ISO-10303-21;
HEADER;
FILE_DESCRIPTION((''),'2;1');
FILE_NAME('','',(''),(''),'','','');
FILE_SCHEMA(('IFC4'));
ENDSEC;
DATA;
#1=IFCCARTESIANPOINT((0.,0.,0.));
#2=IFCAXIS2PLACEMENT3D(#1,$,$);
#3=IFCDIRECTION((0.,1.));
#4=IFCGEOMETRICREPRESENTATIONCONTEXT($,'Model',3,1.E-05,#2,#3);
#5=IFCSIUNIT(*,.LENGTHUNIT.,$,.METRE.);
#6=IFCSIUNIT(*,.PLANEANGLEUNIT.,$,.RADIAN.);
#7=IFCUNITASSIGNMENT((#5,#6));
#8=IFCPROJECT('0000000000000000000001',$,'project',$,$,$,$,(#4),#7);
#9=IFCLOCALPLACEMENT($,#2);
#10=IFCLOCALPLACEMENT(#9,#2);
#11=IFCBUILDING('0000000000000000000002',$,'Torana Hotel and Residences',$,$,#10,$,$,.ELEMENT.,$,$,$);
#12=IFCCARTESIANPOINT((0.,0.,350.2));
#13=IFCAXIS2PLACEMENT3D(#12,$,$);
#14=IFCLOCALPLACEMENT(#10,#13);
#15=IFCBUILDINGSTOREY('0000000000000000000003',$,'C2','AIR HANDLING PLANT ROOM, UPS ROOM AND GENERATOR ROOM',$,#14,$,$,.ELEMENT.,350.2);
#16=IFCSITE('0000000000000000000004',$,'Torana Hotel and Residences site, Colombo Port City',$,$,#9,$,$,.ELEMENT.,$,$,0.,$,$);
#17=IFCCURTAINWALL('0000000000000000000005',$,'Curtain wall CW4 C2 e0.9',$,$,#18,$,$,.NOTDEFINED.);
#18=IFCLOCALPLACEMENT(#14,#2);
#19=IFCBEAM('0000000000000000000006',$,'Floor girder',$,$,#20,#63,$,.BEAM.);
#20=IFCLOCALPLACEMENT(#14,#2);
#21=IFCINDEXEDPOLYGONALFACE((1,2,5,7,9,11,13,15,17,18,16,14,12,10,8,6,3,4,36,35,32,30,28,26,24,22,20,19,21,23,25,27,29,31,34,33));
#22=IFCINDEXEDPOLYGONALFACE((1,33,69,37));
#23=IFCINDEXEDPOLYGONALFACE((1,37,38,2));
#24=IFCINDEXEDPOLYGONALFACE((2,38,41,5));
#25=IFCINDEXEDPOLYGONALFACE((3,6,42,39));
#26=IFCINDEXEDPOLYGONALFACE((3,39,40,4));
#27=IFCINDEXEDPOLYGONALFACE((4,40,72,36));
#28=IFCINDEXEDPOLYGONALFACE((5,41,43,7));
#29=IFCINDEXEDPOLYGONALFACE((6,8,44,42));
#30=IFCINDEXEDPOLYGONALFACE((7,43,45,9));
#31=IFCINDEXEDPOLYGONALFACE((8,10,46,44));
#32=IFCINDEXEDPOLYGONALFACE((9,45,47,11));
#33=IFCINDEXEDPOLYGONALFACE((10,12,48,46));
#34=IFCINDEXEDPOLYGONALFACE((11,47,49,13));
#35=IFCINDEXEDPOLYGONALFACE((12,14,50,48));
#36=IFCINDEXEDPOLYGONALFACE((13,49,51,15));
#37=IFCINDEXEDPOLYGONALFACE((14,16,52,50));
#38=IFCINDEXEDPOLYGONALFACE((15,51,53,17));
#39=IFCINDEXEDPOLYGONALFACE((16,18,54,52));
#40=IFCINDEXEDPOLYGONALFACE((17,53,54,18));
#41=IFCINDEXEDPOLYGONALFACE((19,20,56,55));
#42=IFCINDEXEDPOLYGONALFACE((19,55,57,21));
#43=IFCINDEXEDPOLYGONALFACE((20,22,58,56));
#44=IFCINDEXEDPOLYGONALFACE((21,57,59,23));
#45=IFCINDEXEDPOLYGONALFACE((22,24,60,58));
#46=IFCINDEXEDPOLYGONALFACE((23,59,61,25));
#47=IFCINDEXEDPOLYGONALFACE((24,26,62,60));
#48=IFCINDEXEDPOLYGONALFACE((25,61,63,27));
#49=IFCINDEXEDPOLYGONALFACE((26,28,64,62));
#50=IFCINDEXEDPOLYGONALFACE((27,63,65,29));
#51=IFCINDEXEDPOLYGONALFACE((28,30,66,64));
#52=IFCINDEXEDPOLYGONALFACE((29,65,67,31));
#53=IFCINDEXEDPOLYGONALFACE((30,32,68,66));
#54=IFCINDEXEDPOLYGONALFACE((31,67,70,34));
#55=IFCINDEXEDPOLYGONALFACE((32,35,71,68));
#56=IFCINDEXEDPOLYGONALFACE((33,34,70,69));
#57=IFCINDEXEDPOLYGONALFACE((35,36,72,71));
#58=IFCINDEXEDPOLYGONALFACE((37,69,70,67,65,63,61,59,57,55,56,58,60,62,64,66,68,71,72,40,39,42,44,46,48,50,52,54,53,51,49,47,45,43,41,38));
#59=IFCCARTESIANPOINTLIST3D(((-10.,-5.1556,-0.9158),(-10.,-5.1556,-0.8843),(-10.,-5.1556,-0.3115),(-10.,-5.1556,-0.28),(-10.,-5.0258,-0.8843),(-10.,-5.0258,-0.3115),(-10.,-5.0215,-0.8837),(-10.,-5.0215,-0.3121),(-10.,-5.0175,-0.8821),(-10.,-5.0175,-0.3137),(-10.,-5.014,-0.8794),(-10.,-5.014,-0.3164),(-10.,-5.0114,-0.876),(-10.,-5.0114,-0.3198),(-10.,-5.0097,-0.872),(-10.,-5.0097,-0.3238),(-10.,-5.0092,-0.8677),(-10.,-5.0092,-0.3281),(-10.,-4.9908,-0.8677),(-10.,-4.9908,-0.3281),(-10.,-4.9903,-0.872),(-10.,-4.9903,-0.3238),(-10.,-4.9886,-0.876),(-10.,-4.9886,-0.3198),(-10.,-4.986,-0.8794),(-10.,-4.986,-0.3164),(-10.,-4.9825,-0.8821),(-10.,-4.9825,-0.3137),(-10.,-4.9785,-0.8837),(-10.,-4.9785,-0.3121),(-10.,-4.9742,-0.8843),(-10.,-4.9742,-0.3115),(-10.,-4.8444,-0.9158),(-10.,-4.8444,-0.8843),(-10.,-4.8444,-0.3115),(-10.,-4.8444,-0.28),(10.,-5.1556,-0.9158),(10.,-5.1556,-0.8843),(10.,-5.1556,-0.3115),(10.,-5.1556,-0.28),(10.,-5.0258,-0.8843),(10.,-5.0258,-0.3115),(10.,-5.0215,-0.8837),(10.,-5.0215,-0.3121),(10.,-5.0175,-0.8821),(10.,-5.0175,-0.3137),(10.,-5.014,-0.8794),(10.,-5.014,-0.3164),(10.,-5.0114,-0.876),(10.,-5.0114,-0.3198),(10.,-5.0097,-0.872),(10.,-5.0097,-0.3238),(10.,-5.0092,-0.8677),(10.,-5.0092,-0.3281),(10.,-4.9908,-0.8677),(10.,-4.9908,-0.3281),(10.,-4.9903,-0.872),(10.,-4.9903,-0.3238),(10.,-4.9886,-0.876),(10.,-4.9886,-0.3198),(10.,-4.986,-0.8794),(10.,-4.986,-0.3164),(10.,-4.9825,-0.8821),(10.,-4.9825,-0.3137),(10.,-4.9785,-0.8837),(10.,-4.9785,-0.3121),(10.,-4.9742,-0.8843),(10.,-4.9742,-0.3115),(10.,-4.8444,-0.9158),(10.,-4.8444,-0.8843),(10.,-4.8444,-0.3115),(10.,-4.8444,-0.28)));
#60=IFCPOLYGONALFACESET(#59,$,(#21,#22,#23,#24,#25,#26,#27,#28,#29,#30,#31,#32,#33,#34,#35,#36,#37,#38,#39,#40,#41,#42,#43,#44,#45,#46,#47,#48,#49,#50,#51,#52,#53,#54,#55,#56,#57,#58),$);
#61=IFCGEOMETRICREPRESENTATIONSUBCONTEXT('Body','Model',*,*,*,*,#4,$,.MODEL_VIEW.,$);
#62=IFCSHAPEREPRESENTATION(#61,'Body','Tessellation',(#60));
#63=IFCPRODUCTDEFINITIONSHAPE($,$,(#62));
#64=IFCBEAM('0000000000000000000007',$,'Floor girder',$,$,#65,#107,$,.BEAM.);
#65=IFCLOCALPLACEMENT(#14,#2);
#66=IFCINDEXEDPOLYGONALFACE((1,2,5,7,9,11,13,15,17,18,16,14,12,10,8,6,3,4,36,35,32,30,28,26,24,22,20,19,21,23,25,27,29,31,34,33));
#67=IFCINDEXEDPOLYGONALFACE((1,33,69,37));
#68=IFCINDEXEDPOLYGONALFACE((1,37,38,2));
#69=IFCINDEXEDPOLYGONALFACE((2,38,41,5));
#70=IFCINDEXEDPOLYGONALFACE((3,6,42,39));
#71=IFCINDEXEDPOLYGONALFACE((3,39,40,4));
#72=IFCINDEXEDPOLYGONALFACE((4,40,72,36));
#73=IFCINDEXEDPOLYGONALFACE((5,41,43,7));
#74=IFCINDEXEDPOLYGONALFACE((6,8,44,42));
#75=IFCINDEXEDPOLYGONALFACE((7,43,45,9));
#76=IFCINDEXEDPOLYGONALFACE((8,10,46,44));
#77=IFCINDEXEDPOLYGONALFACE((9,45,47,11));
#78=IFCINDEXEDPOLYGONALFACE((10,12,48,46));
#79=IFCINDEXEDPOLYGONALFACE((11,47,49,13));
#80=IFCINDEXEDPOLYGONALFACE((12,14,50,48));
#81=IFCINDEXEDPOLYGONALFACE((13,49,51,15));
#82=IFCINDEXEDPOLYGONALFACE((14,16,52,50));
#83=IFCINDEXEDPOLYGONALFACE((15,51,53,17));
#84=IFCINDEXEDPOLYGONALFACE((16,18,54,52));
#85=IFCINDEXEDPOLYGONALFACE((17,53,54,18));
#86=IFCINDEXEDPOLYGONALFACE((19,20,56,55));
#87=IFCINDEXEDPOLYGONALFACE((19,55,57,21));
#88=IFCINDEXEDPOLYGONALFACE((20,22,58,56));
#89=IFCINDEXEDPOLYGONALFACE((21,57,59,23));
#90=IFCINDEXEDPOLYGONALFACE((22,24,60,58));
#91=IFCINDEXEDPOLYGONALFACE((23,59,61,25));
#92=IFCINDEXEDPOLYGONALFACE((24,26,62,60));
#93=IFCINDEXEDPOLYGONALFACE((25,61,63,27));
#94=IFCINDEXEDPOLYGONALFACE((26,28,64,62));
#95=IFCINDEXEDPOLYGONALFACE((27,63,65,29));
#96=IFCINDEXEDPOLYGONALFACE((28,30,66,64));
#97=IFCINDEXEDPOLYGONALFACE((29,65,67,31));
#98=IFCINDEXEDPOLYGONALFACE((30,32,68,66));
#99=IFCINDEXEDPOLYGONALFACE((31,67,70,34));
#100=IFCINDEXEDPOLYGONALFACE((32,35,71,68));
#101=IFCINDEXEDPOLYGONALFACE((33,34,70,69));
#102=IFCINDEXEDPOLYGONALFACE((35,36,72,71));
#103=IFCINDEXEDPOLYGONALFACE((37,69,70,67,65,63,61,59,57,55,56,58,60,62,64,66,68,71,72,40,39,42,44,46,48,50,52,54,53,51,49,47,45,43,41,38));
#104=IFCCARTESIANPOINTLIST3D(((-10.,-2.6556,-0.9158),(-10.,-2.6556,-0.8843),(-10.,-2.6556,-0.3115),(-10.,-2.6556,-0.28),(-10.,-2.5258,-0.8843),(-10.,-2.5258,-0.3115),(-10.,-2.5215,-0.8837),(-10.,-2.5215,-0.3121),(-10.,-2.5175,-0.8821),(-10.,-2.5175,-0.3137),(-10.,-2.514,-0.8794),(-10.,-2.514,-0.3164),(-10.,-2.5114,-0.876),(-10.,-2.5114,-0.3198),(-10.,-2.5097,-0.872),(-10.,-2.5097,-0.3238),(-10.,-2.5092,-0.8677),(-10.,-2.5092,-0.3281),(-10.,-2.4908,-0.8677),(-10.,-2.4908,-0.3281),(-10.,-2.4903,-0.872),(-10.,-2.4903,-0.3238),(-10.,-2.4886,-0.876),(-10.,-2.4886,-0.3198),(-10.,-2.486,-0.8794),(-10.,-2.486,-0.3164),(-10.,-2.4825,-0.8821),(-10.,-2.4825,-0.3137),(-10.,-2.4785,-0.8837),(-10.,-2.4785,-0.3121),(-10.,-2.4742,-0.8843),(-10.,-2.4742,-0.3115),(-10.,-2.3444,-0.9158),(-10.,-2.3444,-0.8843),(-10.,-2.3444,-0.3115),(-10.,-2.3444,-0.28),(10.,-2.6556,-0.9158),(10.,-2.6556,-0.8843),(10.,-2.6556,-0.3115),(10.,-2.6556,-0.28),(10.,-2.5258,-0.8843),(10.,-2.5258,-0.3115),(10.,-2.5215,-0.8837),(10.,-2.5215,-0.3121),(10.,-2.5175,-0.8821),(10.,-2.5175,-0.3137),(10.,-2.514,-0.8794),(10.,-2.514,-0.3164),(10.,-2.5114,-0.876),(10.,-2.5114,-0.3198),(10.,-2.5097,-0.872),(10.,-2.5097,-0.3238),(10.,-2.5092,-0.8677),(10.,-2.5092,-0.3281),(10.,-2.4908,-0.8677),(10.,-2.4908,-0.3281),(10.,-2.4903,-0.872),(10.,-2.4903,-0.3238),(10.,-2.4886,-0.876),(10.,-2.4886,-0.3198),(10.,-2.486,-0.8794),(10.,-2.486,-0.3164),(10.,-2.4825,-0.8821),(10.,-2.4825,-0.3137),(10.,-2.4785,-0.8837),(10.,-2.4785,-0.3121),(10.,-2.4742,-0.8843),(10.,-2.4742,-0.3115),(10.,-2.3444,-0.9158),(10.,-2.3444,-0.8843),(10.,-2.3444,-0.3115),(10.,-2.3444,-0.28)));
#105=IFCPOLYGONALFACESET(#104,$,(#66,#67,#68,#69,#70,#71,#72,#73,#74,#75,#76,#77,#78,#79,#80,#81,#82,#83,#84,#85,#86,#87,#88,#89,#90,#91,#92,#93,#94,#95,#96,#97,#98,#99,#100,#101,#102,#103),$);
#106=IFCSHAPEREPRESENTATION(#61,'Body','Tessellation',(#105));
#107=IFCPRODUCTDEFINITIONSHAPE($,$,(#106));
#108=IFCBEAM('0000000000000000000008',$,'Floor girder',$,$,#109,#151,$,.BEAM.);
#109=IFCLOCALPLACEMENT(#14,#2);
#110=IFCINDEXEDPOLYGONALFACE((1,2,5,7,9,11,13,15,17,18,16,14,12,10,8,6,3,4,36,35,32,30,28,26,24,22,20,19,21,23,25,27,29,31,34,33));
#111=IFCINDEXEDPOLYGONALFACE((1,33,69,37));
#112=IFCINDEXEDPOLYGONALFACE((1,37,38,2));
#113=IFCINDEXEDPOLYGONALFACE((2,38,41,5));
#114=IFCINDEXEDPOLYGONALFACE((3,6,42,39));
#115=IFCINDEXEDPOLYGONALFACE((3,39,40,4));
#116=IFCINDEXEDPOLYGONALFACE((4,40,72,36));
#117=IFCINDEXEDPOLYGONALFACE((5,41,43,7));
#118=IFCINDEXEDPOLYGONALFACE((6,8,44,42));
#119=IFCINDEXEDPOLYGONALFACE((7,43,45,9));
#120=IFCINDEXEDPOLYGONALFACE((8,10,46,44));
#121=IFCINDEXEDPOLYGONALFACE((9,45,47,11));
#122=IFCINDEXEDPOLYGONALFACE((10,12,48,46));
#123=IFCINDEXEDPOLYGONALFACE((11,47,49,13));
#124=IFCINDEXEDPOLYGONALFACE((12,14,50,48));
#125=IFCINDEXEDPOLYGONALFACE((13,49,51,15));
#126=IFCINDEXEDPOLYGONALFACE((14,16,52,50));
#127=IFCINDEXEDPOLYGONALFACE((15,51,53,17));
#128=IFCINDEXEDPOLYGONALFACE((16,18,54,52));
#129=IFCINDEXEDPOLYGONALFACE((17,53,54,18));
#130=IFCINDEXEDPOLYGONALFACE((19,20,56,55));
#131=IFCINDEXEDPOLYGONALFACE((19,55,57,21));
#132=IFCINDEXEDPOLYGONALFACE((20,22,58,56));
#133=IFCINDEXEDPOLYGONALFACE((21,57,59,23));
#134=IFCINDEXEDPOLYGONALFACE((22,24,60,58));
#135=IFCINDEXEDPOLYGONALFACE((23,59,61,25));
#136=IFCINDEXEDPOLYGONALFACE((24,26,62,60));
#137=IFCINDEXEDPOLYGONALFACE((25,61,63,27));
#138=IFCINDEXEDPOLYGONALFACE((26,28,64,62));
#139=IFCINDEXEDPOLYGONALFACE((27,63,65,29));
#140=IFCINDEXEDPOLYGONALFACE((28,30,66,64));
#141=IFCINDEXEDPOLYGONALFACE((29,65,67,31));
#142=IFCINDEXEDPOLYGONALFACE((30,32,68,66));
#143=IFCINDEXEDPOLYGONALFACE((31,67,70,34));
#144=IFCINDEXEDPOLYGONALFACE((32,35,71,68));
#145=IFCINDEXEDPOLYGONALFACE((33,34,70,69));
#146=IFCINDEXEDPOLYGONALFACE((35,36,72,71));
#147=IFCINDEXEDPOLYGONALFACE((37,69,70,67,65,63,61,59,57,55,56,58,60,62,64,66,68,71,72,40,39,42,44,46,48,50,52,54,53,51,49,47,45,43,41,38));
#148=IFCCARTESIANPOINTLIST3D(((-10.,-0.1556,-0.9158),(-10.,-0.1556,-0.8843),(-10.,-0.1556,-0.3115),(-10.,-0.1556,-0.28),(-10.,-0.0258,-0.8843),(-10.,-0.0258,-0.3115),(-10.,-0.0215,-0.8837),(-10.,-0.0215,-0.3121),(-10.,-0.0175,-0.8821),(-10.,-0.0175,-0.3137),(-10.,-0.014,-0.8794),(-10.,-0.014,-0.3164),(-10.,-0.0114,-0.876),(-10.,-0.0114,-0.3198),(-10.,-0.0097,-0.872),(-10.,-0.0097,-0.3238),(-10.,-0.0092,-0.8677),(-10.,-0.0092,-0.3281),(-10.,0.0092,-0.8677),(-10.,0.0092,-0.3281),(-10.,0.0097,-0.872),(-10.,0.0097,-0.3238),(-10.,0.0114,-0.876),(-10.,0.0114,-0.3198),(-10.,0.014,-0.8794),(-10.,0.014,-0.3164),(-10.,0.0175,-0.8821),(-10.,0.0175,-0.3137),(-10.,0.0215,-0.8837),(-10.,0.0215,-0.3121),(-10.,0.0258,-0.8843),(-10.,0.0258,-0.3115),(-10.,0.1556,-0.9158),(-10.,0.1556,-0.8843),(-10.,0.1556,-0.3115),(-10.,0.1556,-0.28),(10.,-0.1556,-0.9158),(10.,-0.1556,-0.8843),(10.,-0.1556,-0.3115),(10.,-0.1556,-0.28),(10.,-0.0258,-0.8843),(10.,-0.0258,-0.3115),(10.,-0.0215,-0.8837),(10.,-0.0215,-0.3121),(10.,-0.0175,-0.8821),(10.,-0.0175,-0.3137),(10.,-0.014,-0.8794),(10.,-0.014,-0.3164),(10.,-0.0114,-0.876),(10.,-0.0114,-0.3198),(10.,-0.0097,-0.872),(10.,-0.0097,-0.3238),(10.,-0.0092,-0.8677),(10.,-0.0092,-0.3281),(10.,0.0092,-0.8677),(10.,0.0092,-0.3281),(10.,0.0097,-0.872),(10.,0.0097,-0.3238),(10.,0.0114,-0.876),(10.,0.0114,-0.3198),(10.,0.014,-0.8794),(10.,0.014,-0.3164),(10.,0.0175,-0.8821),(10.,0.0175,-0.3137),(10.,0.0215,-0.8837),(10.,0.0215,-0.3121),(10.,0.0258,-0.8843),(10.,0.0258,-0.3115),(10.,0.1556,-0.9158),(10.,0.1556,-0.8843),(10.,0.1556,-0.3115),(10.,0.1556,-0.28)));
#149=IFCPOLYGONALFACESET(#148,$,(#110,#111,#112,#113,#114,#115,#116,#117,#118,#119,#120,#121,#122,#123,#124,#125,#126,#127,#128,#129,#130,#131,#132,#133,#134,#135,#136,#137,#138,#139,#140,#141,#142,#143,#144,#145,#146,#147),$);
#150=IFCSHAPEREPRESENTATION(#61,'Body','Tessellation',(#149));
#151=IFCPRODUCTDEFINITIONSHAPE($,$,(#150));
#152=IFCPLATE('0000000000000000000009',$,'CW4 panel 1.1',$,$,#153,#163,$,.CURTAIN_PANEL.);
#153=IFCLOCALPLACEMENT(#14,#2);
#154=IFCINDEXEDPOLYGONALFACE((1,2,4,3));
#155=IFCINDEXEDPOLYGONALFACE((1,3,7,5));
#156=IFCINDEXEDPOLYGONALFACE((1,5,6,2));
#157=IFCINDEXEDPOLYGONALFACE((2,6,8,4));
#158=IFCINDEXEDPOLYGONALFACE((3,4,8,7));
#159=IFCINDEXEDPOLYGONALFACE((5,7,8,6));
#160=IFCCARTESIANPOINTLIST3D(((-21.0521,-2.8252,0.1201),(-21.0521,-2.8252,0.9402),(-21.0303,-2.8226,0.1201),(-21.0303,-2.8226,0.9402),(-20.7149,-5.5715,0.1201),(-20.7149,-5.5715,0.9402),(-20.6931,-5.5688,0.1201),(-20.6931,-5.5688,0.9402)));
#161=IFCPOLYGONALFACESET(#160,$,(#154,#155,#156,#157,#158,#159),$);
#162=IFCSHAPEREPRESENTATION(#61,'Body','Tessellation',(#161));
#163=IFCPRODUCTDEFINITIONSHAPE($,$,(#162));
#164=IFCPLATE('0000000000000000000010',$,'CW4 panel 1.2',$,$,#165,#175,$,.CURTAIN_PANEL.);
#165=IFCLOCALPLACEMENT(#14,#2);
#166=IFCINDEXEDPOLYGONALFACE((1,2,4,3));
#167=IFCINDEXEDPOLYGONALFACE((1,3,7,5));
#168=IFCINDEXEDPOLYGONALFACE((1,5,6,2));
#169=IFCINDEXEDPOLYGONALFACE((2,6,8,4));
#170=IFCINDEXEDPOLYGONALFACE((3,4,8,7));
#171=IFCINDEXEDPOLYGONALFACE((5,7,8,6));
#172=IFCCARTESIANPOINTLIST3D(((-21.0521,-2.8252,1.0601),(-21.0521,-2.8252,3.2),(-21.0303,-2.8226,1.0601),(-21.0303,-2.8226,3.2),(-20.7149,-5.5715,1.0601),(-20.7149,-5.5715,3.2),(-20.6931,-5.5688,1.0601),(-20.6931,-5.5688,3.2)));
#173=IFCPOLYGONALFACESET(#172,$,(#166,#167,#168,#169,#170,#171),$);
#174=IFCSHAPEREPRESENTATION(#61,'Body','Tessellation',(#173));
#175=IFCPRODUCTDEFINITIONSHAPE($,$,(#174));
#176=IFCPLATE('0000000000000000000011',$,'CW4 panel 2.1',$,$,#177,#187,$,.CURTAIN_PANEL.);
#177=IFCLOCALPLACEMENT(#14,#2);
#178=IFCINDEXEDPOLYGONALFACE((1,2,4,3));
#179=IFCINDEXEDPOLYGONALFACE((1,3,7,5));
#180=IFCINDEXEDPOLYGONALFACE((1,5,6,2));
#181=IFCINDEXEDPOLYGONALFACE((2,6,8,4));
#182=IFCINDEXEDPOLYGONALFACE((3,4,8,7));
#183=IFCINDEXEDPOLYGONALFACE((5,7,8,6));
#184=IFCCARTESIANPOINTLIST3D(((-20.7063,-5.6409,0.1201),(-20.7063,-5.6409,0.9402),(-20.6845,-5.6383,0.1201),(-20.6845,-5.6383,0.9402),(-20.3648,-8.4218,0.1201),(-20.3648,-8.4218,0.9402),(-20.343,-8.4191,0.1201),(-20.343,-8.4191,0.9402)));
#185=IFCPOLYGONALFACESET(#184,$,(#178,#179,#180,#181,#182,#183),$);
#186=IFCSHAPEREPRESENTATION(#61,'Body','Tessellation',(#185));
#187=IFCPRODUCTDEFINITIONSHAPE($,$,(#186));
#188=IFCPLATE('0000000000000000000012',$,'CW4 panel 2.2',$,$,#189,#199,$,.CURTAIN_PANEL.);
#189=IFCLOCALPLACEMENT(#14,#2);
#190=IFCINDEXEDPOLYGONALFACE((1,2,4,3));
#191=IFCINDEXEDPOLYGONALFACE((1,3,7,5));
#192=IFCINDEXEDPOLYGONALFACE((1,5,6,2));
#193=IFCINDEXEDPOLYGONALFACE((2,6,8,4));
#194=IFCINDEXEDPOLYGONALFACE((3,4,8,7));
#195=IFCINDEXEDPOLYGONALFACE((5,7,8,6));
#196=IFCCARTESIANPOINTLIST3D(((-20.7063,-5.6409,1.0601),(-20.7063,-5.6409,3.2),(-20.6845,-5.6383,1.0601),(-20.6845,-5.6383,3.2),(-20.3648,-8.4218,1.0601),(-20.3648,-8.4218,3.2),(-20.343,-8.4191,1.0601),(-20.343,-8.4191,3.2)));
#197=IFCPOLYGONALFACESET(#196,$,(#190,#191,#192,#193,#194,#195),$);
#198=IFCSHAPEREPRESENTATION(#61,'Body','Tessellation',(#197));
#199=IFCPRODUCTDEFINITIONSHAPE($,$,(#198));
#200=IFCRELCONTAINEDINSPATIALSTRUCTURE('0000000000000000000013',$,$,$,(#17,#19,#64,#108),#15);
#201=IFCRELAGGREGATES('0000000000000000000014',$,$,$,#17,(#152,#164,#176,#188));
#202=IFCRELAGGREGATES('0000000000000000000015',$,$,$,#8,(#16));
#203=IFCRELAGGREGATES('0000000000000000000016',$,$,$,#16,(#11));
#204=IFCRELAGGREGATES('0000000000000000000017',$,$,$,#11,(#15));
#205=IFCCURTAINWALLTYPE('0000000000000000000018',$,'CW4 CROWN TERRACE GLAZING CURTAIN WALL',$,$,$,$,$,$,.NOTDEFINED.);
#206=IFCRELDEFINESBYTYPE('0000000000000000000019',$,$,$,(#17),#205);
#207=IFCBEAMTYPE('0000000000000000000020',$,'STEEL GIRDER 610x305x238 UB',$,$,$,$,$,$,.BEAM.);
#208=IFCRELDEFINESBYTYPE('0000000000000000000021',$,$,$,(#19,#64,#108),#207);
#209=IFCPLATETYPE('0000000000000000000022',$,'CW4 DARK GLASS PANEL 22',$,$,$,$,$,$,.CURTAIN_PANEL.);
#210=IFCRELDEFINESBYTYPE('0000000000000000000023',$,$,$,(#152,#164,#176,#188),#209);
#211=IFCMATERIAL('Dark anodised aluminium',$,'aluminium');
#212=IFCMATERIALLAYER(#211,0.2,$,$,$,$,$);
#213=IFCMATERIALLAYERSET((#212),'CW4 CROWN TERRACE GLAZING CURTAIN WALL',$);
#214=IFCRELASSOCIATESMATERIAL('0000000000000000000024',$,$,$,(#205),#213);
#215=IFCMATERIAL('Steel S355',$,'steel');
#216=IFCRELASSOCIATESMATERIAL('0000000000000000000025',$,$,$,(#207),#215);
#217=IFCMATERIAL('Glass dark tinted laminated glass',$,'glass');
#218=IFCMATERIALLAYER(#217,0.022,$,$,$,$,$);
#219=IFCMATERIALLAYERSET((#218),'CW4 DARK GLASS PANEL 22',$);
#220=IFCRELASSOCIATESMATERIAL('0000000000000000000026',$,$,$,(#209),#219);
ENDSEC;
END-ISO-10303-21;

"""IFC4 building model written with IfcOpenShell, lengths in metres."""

from ifc_helpers import new_model, si_unit, direction, frame, origin, origin_2d, place, context, subcontext, project, spatial, rectangle, i_section, extrude, material, layer, layer_set, material_profile, profile_set, type_object, element, aggregate, save


model = new_model("IFC4")

# Units and contexts
model_context = context("Model", 3, precision=1e-05, world=origin(), true_north=direction((0.0, 1.0)))
body_context = subcontext(model_context, "Body", "Model", "MODEL_VIEW")
ifc_project = project(units=[si_unit("LENGTHUNIT", "METRE"), si_unit("PLANEANGLEUNIT", "RADIAN")], contexts=[model_context])

# Site, building, storey
site_placement = place(None, origin())
site = spatial("IfcSite", under=ifc_project, at=site_placement, Name="Torana Hotel and Residences site, Colombo Port City", CompositionType="ELEMENT", RefElevation=0.0)
building_placement = place(site_placement, origin())
building = spatial("IfcBuilding", under=site, at=building_placement, Name="Torana Hotel and Residences", CompositionType="ELEMENT")
storey_placement = place(building_placement, frame((0.0, 0.0, 350.2)))
storey = spatial("IfcBuildingStorey", under=building, at=storey_placement, Name="C2", Description="AIR HANDLING PLANT ROOM, UPS ROOM AND GENERATOR ROOM", CompositionType="ELEMENT", Elevation=350.2)

# Curtain wall
ifc_material_1 = material(Name="Dark anodised aluminium", Category="aluminium")
ifc_layer_1 = layer(ifc_material_1, 0.2)
ifc_layer_set_1 = layer_set([ifc_layer_1], Name="CW4 CROWN TERRACE GLAZING CURTAIN WALL")
curtain_wall_type = type_object("IfcCurtainWallType", Name="CW4 CROWN TERRACE GLAZING CURTAIN WALL", PredefinedType="NOTDEFINED", material=ifc_layer_set_1)
curtain_wall_placement = place(storey_placement, origin())
curtain_wall = element("IfcCurtainWall", 1, at=curtain_wall_placement, inside=storey, type_object=curtain_wall_type, Name="Curtain wall CW4 C2 e0.9", PredefinedType="NOTDEFINED")

# Beams
ifc_material_2 = material(Name="Steel S355", Category="steel")
ifc_material_profile_1 = material_profile(ifc_material_2, i_section(OverallWidth=0.3113, OverallDepth=0.6357, WebThickness=0.0183, FlangeThickness=0.0315, FilletRadius=0.0166, at=origin_2d()), Name="610x305x238 UB")
ifc_profile_set_1 = profile_set([ifc_material_profile_1], Name="Steel S355")
beam_type = type_object("IfcBeamType", Name="STEEL GIRDER 610x305x238 UB", PredefinedType="BEAM", material=ifc_profile_set_1)
for number, where, z_axis, x_axis, name in (
    (2, (-10.0, -5.0, -0.5979), (1.0, 0.0, 0.0), (0.0, 1.0, 0.0), "Floor girder"),
    (3, (-10.0, -2.5, -0.5979), (1.0, 0.0, 0.0), (0.0, 1.0, 0.0), "Floor girder"),
    (4, (-10.0, 0.0, -0.5979), (1.0, 0.0, 0.0), (0.0, 1.0, 0.0), "Floor girder"),
):
    element("IfcBeam", number, at=place(storey_placement, frame(where, z_axis=z_axis, x_axis=x_axis)), inside=storey, type_object=beam_type, Name=name, PredefinedType="BEAM", context=body_context, shape_type="SweptSolid", body=[
        extrude(i_section(OverallWidth=0.3113, OverallDepth=0.6357, WebThickness=0.0183, FlangeThickness=0.0315, FilletRadius=0.0166, at=origin_2d()), origin(), (0.0, 0.0, 1.0), 20.0),
    ])

# Plates
ifc_material_3 = material(Name="Glass dark tinted laminated glass", Category="glass")
ifc_layer_2 = layer(ifc_material_3, 0.022)
ifc_layer_set_2 = layer_set([ifc_layer_2], Name="CW4 DARK GLASS PANEL 22")
plate_type = type_object("IfcPlateType", Name="CW4 DARK GLASS PANEL 22", PredefinedType="CURTAIN_PANEL", material=ifc_layer_set_2)
plate_1_placement = place(storey_placement, frame((-20.8726, -4.197, 0.1201), z_axis=(0.0, 0.0, 1.0), x_axis=(0.121869, -0.992546, 0.0)))
plate_1 = element("IfcPlate", 5, at=plate_1_placement, type_object=plate_type, Name="CW4 panel 1.1", PredefinedType="CURTAIN_PANEL", context=body_context, shape_type="SweptSolid", body=[
    extrude(rectangle(XDim=2.7668, YDim=0.022, at=origin_2d()), origin(), (0.0, 0.0, 1.0), 0.8201),
])
plate_2_placement = place(storey_placement, frame((-20.8726, -4.197, 1.0601), z_axis=(0.0, 0.0, 1.0), x_axis=(0.121869, -0.992546, 0.0)))
plate_2 = element("IfcPlate", 6, at=plate_2_placement, type_object=plate_type, Name="CW4 panel 1.2", PredefinedType="CURTAIN_PANEL", context=body_context, shape_type="SweptSolid", body=[
    extrude(rectangle(XDim=2.7668, YDim=0.022, at=origin_2d()), origin(), (0.0, 0.0, 1.0), 2.1399),
])
plate_3_placement = place(storey_placement, frame((-20.5247, -7.03, 0.1201), z_axis=(0.0, 0.0, 1.0), x_axis=(0.121869, -0.992546, 0.0)))
plate_3 = element("IfcPlate", 7, at=plate_3_placement, type_object=plate_type, Name="CW4 panel 2.1", PredefinedType="CURTAIN_PANEL", context=body_context, shape_type="SweptSolid", body=[
    extrude(rectangle(XDim=2.8018, YDim=0.022, at=origin_2d()), origin(), (0.0, 0.0, 1.0), 0.8201),
])
plate_4_placement = place(storey_placement, frame((-20.5247, -7.03, 1.0601), z_axis=(0.0, 0.0, 1.0), x_axis=(0.121869, -0.992546, 0.0)))
plate_4 = element("IfcPlate", 8, at=plate_4_placement, type_object=plate_type, Name="CW4 panel 2.2", PredefinedType="CURTAIN_PANEL", context=body_context, shape_type="SweptSolid", body=[
    extrude(rectangle(XDim=2.8018, YDim=0.022, at=origin_2d()), origin(), (0.0, 0.0, 1.0), 2.1399),
])
aggregate(curtain_wall, [plate_1, plate_2, plate_3, plate_4])

save(model, "model.ifc")
